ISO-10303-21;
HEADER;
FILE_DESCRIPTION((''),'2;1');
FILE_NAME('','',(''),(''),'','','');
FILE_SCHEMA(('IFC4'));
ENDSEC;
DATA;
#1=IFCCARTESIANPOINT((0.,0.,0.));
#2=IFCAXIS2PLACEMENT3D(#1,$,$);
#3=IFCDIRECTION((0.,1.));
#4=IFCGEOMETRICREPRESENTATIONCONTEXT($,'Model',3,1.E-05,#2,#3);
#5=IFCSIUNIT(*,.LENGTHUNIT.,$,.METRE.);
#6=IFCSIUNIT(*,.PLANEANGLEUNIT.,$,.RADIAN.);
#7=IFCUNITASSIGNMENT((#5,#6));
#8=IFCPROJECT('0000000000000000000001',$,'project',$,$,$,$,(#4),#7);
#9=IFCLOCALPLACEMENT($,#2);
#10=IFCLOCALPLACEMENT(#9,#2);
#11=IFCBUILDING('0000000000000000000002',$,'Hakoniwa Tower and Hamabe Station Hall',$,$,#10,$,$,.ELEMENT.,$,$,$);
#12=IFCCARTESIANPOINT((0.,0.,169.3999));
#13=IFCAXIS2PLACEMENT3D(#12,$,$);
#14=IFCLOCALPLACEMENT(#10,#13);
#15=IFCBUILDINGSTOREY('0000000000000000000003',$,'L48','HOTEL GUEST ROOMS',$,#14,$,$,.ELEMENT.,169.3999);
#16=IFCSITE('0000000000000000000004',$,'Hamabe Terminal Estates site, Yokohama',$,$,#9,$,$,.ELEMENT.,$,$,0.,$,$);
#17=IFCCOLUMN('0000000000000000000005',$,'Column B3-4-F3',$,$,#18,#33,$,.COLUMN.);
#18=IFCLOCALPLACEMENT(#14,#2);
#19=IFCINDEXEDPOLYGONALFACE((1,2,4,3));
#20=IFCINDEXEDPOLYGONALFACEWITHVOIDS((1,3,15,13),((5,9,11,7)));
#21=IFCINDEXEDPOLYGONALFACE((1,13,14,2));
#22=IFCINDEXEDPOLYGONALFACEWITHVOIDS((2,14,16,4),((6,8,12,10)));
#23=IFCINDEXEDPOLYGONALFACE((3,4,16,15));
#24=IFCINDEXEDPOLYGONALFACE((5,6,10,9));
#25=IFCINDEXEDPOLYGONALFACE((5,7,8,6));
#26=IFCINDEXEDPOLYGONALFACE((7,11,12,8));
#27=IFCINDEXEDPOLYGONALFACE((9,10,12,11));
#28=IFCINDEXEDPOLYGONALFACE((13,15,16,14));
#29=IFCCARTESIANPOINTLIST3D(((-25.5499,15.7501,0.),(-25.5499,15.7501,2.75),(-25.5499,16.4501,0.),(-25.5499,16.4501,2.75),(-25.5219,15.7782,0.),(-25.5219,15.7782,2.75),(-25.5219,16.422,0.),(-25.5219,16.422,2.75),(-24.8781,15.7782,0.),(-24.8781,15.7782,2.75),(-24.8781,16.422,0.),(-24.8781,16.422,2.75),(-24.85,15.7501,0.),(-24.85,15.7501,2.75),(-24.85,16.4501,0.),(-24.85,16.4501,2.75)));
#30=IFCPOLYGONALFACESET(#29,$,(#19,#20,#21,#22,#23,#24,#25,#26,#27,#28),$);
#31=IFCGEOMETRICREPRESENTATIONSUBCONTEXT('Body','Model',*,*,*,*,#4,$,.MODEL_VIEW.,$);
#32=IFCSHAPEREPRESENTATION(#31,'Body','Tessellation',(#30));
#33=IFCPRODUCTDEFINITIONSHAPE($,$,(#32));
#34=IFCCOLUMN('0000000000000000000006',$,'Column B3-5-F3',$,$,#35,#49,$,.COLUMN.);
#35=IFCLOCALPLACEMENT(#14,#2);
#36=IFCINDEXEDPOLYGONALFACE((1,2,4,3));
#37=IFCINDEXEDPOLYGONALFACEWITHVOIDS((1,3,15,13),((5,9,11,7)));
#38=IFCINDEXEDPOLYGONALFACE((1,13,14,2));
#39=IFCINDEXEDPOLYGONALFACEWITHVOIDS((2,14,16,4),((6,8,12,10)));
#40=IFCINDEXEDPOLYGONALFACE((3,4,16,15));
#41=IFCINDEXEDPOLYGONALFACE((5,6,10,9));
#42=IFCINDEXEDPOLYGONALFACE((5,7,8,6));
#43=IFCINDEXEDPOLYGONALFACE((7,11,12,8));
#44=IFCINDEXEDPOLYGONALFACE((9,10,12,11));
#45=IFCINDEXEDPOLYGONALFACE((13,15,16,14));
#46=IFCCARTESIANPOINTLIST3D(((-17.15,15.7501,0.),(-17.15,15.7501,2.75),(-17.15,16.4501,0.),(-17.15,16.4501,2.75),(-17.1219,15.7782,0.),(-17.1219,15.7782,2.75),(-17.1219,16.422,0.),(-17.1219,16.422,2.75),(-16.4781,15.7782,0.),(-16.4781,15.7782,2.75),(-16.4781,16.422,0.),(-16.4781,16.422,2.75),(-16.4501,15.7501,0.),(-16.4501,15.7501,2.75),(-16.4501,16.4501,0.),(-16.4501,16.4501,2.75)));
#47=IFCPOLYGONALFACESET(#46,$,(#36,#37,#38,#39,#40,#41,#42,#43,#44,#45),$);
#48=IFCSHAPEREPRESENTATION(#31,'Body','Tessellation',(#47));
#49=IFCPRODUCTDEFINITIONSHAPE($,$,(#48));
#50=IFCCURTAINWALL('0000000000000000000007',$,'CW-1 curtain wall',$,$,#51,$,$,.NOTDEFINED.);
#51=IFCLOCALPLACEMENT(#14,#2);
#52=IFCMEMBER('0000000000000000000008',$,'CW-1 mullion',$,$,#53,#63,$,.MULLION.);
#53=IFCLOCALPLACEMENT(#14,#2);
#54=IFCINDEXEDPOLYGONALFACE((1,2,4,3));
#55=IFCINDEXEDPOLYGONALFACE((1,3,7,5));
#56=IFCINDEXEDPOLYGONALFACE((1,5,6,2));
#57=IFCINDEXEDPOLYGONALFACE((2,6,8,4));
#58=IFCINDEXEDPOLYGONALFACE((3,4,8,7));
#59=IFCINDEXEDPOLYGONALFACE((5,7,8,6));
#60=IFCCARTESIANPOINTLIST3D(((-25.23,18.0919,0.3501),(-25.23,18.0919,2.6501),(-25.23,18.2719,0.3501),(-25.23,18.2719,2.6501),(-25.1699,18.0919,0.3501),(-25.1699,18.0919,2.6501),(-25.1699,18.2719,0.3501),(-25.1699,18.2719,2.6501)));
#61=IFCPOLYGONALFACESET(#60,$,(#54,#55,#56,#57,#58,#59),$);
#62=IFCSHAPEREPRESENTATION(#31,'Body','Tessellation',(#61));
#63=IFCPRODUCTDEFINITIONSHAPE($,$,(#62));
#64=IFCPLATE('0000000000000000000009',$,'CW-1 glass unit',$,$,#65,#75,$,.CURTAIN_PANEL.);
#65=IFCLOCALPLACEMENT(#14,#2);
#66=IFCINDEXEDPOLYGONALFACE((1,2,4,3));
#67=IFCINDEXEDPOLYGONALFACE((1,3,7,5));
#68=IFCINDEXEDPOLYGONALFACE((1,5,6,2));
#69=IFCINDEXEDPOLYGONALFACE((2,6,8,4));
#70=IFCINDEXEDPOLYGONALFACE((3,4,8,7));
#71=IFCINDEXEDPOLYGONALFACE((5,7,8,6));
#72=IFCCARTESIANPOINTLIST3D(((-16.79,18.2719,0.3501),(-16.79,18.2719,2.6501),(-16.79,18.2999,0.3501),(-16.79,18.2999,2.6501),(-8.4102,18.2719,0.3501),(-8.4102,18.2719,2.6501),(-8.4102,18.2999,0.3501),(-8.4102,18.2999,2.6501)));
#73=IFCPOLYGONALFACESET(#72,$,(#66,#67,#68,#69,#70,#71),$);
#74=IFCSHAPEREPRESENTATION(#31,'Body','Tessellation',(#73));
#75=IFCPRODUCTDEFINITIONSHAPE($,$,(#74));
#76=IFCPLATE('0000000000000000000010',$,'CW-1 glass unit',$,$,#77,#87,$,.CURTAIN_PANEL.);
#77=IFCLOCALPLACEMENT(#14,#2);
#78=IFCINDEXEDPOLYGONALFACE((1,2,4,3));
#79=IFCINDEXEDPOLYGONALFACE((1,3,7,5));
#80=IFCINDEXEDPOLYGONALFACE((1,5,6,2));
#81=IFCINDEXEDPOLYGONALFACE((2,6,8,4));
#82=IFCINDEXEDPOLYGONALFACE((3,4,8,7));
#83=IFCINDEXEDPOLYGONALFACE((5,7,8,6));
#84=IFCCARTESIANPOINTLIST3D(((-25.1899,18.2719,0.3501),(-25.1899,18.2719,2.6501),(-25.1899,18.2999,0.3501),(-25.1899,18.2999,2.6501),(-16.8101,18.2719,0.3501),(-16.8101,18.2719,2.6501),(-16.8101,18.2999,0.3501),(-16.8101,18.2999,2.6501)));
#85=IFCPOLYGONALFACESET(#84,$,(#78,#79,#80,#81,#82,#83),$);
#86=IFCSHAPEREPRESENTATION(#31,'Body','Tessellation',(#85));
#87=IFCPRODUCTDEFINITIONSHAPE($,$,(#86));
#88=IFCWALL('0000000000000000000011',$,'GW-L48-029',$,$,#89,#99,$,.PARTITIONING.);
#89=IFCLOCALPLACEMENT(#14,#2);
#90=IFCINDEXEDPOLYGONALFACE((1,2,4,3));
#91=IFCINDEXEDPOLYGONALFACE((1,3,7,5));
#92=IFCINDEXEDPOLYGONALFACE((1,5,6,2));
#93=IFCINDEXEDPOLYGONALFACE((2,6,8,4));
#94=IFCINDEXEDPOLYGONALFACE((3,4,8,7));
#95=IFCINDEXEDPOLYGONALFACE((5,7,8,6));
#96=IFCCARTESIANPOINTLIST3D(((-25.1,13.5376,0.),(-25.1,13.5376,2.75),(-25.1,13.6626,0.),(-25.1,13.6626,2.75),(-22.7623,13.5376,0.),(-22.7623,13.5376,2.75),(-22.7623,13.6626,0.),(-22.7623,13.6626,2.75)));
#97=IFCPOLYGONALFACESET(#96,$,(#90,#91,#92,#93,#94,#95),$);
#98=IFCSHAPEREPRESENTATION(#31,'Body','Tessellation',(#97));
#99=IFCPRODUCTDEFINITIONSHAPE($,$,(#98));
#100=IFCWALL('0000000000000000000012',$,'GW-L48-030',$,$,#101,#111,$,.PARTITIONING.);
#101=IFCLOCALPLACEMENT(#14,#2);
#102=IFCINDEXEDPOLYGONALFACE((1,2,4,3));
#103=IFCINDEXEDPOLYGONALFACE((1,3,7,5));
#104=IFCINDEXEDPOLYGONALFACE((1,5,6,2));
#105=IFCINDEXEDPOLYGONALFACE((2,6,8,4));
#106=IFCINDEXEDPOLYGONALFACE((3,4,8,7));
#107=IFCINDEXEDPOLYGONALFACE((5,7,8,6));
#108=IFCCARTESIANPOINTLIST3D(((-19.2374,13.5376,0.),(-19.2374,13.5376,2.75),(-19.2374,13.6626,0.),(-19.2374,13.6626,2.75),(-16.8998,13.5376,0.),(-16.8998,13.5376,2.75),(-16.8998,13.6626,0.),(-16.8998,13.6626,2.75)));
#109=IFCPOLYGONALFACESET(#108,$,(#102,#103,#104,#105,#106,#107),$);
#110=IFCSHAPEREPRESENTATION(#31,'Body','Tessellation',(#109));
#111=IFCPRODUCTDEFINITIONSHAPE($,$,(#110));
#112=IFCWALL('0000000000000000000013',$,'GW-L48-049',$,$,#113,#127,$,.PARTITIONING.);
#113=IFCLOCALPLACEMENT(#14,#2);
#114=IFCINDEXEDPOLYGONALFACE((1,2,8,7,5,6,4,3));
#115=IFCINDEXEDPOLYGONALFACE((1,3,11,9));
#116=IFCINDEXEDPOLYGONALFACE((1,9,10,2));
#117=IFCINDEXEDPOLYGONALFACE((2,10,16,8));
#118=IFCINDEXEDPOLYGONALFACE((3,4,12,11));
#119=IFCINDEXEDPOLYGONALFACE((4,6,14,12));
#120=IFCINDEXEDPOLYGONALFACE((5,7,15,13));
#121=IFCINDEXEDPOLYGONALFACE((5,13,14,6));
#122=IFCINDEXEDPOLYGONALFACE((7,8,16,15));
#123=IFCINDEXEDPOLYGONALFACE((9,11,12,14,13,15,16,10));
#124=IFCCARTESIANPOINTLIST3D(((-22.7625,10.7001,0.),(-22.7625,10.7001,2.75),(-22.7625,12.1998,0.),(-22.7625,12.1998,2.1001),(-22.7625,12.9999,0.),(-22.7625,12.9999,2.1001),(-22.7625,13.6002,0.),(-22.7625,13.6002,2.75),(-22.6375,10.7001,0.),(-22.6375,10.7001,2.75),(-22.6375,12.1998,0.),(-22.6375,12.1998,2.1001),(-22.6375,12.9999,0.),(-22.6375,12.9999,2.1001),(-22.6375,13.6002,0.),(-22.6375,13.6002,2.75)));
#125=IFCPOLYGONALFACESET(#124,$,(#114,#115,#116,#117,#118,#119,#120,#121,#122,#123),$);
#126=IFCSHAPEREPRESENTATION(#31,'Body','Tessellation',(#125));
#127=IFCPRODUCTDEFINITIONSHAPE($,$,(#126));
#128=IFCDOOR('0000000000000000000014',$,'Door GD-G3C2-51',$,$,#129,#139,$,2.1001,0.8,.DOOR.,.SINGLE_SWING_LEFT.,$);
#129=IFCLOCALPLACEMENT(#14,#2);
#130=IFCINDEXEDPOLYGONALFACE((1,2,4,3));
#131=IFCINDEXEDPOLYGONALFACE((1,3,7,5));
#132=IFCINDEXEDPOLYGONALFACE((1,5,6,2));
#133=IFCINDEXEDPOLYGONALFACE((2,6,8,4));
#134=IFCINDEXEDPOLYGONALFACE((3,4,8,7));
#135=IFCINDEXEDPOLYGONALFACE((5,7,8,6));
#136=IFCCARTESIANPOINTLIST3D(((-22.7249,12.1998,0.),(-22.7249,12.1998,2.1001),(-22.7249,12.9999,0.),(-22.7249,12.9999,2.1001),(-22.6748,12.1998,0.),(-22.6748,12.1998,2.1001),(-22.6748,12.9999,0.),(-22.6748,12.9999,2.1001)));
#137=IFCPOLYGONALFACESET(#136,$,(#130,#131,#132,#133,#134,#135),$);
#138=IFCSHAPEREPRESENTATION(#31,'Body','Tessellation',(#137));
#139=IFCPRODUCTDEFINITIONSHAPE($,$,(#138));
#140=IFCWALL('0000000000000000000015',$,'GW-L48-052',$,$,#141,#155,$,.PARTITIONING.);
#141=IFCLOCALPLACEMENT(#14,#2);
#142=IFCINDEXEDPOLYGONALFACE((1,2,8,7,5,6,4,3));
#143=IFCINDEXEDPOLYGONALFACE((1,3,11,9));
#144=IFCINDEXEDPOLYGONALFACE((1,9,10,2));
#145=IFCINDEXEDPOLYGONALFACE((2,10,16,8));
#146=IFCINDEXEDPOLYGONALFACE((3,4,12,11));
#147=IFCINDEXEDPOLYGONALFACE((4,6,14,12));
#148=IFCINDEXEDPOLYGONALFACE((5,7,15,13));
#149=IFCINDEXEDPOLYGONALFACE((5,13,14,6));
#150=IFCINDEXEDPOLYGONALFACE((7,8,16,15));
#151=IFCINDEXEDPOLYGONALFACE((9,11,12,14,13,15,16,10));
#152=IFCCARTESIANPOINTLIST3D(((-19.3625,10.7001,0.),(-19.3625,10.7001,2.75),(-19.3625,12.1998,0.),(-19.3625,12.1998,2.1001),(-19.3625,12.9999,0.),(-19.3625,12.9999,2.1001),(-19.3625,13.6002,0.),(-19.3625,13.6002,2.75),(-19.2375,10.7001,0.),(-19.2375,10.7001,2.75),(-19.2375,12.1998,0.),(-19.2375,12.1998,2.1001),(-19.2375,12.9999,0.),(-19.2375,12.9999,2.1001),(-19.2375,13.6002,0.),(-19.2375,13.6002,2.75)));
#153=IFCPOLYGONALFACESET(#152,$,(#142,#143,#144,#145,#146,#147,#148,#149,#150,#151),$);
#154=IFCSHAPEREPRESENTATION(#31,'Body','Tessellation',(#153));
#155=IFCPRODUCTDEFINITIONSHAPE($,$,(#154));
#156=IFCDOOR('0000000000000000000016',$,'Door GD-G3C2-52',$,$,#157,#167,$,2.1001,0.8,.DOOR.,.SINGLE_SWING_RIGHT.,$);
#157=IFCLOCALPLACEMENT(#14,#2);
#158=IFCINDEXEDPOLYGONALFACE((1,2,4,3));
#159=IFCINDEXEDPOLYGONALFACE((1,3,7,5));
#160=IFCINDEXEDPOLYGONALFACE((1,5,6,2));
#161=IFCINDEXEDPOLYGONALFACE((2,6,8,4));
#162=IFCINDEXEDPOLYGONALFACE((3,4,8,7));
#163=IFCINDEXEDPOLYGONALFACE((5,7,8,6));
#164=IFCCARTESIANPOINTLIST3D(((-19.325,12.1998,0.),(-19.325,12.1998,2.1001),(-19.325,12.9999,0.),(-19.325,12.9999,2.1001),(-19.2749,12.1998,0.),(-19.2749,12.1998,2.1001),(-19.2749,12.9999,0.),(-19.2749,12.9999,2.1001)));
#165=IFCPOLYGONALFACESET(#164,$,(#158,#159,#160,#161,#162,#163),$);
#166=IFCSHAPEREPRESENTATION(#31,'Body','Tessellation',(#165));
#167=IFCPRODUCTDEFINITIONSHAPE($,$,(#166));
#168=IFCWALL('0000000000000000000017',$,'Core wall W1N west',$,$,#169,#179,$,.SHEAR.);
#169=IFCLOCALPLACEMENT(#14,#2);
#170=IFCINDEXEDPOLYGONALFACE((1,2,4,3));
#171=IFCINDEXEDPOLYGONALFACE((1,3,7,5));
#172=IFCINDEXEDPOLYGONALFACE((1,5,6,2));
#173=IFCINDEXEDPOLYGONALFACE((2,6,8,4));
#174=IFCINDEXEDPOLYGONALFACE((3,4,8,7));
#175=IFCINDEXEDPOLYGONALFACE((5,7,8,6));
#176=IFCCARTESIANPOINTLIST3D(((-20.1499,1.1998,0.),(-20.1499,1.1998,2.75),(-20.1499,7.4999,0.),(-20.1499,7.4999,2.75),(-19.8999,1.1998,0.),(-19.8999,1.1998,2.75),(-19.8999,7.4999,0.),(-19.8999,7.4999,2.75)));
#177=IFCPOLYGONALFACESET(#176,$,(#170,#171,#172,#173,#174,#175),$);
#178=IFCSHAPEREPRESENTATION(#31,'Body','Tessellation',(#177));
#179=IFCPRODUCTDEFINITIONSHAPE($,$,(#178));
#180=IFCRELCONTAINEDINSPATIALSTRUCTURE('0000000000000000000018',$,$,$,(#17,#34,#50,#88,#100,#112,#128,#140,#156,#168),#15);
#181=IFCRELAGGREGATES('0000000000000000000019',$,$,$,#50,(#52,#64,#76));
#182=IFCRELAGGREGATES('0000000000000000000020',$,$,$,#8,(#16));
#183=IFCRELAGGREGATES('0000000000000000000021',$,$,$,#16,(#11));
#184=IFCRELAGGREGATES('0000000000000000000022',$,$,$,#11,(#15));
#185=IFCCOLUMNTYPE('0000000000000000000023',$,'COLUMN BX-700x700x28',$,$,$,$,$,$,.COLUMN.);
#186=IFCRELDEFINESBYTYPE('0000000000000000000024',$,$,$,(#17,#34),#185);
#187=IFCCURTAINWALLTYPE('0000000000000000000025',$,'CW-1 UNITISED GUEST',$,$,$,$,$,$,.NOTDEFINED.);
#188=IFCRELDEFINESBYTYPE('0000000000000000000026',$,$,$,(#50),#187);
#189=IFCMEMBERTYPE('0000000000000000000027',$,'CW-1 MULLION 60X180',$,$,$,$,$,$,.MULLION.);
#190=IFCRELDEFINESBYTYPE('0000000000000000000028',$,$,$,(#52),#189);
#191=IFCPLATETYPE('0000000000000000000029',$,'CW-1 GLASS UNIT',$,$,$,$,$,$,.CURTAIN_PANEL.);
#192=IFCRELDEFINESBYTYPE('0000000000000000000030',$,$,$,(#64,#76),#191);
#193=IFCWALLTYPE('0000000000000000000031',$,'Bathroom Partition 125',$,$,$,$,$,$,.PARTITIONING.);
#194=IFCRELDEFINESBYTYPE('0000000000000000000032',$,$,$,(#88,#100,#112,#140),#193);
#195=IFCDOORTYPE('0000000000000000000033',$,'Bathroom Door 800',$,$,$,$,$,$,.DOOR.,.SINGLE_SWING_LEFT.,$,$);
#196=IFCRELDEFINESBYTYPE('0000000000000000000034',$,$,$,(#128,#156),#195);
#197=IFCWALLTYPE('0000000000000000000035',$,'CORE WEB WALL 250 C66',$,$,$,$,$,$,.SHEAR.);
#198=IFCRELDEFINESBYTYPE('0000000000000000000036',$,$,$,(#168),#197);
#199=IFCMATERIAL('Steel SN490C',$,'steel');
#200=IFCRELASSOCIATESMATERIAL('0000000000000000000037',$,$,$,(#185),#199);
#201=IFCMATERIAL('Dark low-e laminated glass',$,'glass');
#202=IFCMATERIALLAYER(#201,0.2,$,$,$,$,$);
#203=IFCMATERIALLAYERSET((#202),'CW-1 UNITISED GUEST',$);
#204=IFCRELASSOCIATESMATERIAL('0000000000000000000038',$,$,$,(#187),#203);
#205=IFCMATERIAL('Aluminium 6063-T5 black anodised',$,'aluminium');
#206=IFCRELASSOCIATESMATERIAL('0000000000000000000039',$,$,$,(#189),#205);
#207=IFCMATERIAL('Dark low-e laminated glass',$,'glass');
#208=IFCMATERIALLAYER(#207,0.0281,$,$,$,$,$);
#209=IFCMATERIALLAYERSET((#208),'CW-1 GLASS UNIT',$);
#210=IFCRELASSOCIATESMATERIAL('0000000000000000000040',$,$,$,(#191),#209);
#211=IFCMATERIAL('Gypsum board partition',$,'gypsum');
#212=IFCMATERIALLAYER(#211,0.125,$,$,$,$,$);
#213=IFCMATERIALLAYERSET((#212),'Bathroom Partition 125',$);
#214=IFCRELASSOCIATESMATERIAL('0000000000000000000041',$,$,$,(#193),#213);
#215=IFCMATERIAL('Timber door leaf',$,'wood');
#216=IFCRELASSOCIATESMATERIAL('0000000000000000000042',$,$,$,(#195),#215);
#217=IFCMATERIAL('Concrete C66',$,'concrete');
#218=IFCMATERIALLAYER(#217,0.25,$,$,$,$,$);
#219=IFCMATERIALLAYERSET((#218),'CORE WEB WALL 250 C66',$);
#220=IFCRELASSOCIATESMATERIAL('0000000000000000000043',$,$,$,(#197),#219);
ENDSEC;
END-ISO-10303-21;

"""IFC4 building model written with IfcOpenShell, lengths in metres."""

from ifc_helpers import new_model, si_unit, direction, frame, frame_2d, origin, origin_2d, place, context, subcontext, project, spatial, rectangle, hollow_rectangle, extrude, material, layer, layer_set, material_profile, profile_set, type_object, element, fill, aggregate, save


model = new_model("IFC4")

# Units and contexts
model_context = context("Model", 3, precision=1e-05, world=origin(), true_north=direction((0.0, 1.0)))
body_context = subcontext(model_context, "Body", "Model", "MODEL_VIEW")
ifc_project = project(units=[si_unit("LENGTHUNIT", "METRE"), si_unit("PLANEANGLEUNIT", "RADIAN")], contexts=[model_context])

# Site, building, storey
site_placement = place(None, origin())
site = spatial("IfcSite", under=ifc_project, at=site_placement, Name="Hamabe Terminal Estates site, Yokohama", CompositionType="ELEMENT", RefElevation=0.0)
building_placement = place(site_placement, origin())
building = spatial("IfcBuilding", under=site, at=building_placement, Name="Hakoniwa Tower and Hamabe Station Hall", CompositionType="ELEMENT")
storey_placement = place(building_placement, frame((0.0, 0.0, 169.3999)))
storey = spatial("IfcBuildingStorey", under=building, at=storey_placement, Name="L48", Description="HOTEL GUEST ROOMS", CompositionType="ELEMENT", Elevation=169.3999)

# Columns
ifc_material_1 = material(Name="Steel SN490C", Category="steel")
ifc_material_profile_1 = material_profile(ifc_material_1, hollow_rectangle(XDim=0.7, YDim=0.7, WallThickness=0.0281, at=origin_2d()), Name="BX-700x700x28")
ifc_profile_set_1 = profile_set([ifc_material_profile_1], Name="Steel SN490C")
column_type = type_object("IfcColumnType", Name="COLUMN BX-700x700x28", PredefinedType="COLUMN", material=ifc_profile_set_1)
for number, where, z_axis, x_axis, name in (
    (1, (-25.2, 16.1001, 0.0), (0.0, 0.0, 1.0), (1.0, 0.0, 0.0), "Column B3-4-F3"),
    (2, (-16.8, 16.1001, 0.0), (0.0, 0.0, 1.0), (1.0, 0.0, 0.0), "Column B3-5-F3"),
):
    element("IfcColumn", number, at=place(storey_placement, frame(where, z_axis=z_axis, x_axis=x_axis)), inside=storey, type_object=column_type, Name=name, PredefinedType="COLUMN", context=body_context, shape_type="SweptSolid", body=[
        extrude(hollow_rectangle(XDim=0.7, YDim=0.7, WallThickness=0.0281, at=origin_2d()), origin(), (0.0, 0.0, 1.0), 2.75),
    ])

# Curtain wall, member, plates
ifc_material_2 = material(Name="Dark low-e laminated glass", Category="glass")
ifc_layer_1 = layer(ifc_material_2, 0.2)
ifc_layer_set_1 = layer_set([ifc_layer_1], Name="CW-1 UNITISED GUEST")
curtain_wall_type = type_object("IfcCurtainWallType", Name="CW-1 UNITISED GUEST", PredefinedType="NOTDEFINED", material=ifc_layer_set_1)
curtain_wall_placement = place(storey_placement, origin())
curtain_wall = element("IfcCurtainWall", 3, at=curtain_wall_placement, inside=storey, type_object=curtain_wall_type, Name="CW-1 curtain wall", PredefinedType="NOTDEFINED")
ifc_material_3 = material(Name="Aluminium 6063-T5 black anodised", Category="aluminium")
ifc_material_profile_2 = material_profile(ifc_material_3, rectangle(XDim=0.0601, YDim=0.1799, at=origin_2d()), Name="CW-1 MULLION 60X180")
ifc_profile_set_2 = profile_set([ifc_material_profile_2], Name="Aluminium 6063-T5 black anodised")
member_type = type_object("IfcMemberType", Name="CW-1 MULLION 60X180", PredefinedType="MULLION", material=ifc_profile_set_2)
member_placement = place(storey_placement, frame((-25.2, 18.1819, 0.3501), z_axis=(0.0, 0.0, 1.0), x_axis=(-1.0, 0.0, 0.0)))
member = element("IfcMember", 4, at=member_placement, type_object=member_type, Name="CW-1 mullion", PredefinedType="MULLION", context=body_context, shape_type="SweptSolid", body=[
    extrude(rectangle(XDim=0.0601, YDim=0.1799, at=origin_2d()), origin(), (0.0, 0.0, 1.0), 2.3),
])
ifc_material_4 = material(Name="Dark low-e laminated glass", Category="glass")
ifc_layer_2 = layer(ifc_material_4, 0.0281)
ifc_layer_set_2 = layer_set([ifc_layer_2], Name="CW-1 GLASS UNIT")
plate_type = type_object("IfcPlateType", Name="CW-1 GLASS UNIT", PredefinedType="CURTAIN_PANEL", material=ifc_layer_set_2)
plate_1_placement = place(storey_placement, frame((-12.6001, 18.2859, 0.3501), z_axis=(0.0, 0.0, 1.0), x_axis=(-1.0, 0.0, 0.0)))
plate_1 = element("IfcPlate", 5, at=plate_1_placement, type_object=plate_type, Name="CW-1 glass unit", PredefinedType="CURTAIN_PANEL", context=body_context, shape_type="SweptSolid", body=[
    extrude(rectangle(XDim=8.3799, YDim=0.0281, at=origin_2d()), origin(), (0.0, 0.0, 1.0), 2.3),
])
plate_2_placement = place(storey_placement, frame((-21.0, 18.2859, 0.3501), z_axis=(0.0, 0.0, 1.0), x_axis=(-1.0, 0.0, 0.0)))
plate_2 = element("IfcPlate", 6, at=plate_2_placement, type_object=plate_type, Name="CW-1 glass unit", PredefinedType="CURTAIN_PANEL", context=body_context, shape_type="SweptSolid", body=[
    extrude(rectangle(XDim=8.3799, YDim=0.0281, at=origin_2d()), origin(), (0.0, 0.0, 1.0), 2.3),
])
aggregate(curtain_wall, [member, plate_1, plate_2])

# Walls
ifc_material_5 = material(Name="Gypsum board partition", Category="gypsum")
ifc_layer_3 = layer(ifc_material_5, 0.125)
ifc_layer_set_3 = layer_set([ifc_layer_3], Name="Bathroom Partition 125")
wall_type_1 = type_object("IfcWallType", Name="Bathroom Partition 125", PredefinedType="PARTITIONING", material=ifc_layer_set_3)
for number, where, z_axis, x_axis, name in (
    (7, (-25.1001, 13.6001, 0.0), (0.0, 0.0, 1.0), (1.0, 0.0, 0.0), "GW-L48-029"),
    (8, (-19.2375, 13.6001, 0.0), (0.0, 0.0, 1.0), (1.0, 0.0, 0.0), "GW-L48-030"),
):
    element("IfcWall", number, at=place(storey_placement, frame(where, z_axis=z_axis, x_axis=x_axis)), inside=storey, type_object=wall_type_1, Name=name, PredefinedType="PARTITIONING", context=body_context, shape_type="SweptSolid", body=[
        extrude(rectangle(XDim=2.3376, YDim=0.125, at=frame_2d((1.1689, 0.0))), origin(), (0.0, 0.0, 1.0), 2.75),
    ])

# Walls, openings, doors
wall_1_placement = place(storey_placement, frame((-22.7, 10.7, 0.0), z_axis=(0.0, 0.0, 1.0), x_axis=(0.0, 1.0, 0.0)))
wall_1 = element("IfcWall", 9, at=wall_1_placement, inside=storey, type_object=wall_type_1, Name="GW-L48-049", PredefinedType="PARTITIONING", context=body_context, shape_type="SweptSolid", body=[
    extrude(rectangle(XDim=2.9001, YDim=0.125, at=frame_2d((1.4502, 0.0))), origin(), (0.0, 0.0, 1.0), 2.75),
])
opening_1_placement = place(wall_1_placement, frame((1.5, 0.0, 0.0)))
opening_1 = element("IfcOpeningElement", 10, at=opening_1_placement, cuts=wall_1, PredefinedType="OPENING", context=body_context, shape_type="SweptSolid", body=[
    extrude(rectangle(XDim=0.8, YDim=2.1001, at=frame_2d((0.3999, 1.05))), frame((0.0, 0.0725, 0.0), z_axis=(0.0, -1.0, 0.0), x_axis=(1.0, 0.0, 0.0)), (0.0, 0.0, 1.0), 0.145),
])
ifc_material_6 = material(Name="Timber door leaf", Category="wood")
door_type_1 = type_object("IfcDoorType", Name="Bathroom Door 800", OperationType="SINGLE_SWING_LEFT", PredefinedType="DOOR", material=ifc_material_6)
door_1_placement = place(opening_1_placement, origin())
door_1 = element("IfcDoor", 11, at=door_1_placement, inside=storey, type_object=door_type_1, Name="Door GD-G3C2-51", OperationType="SINGLE_SWING_LEFT", OverallHeight=2.1001, OverallWidth=0.8, PredefinedType="DOOR", context=body_context, shape_type="SweptSolid", body=[
    extrude(rectangle(XDim=0.8, YDim=2.1001, at=frame_2d((0.3999, 1.05))), frame((0.0, 0.0249, 0.0), z_axis=(0.0, -1.0, 0.0), x_axis=(1.0, 0.0, 0.0)), (0.0, 0.0, 1.0), 0.05),
])
fill(opening_1, door_1)
wall_2_placement = place(storey_placement, frame((-19.3, 10.7, 0.0), z_axis=(0.0, 0.0, 1.0), x_axis=(0.0, 1.0, 0.0)))
wall_2 = element("IfcWall", 12, at=wall_2_placement, inside=storey, type_object=wall_type_1, Name="GW-L48-052", PredefinedType="PARTITIONING", context=body_context, shape_type="SweptSolid", body=[
    extrude(rectangle(XDim=2.9001, YDim=0.125, at=frame_2d((1.4502, 0.0))), origin(), (0.0, 0.0, 1.0), 2.75),
])
opening_2_placement = place(wall_2_placement, frame((1.5, 0.0, 0.0)))
opening_2 = element("IfcOpeningElement", 13, at=opening_2_placement, cuts=wall_2, PredefinedType="OPENING", context=body_context, shape_type="SweptSolid", body=[
    extrude(rectangle(XDim=0.8, YDim=2.1001, at=frame_2d((0.3999, 1.05))), frame((0.0, 0.0725, 0.0), z_axis=(0.0, -1.0, 0.0), x_axis=(1.0, 0.0, 0.0)), (0.0, 0.0, 1.0), 0.145),
])
door_2_placement = place(opening_2_placement, origin())
door_2 = element("IfcDoor", 14, at=door_2_placement, inside=storey, type_object=door_type_1, Name="Door GD-G3C2-52", OperationType="SINGLE_SWING_RIGHT", OverallHeight=2.1001, OverallWidth=0.8, PredefinedType="DOOR", context=body_context, shape_type="SweptSolid", body=[
    extrude(rectangle(XDim=0.8, YDim=2.1001, at=frame_2d((0.3999, 1.05))), frame((0.0, 0.0249, 0.0), z_axis=(0.0, -1.0, 0.0), x_axis=(1.0, 0.0, 0.0)), (0.0, 0.0, 1.0), 0.05),
])
fill(opening_2, door_2)

# Wall
ifc_material_7 = material(Name="Concrete C66", Category="concrete")
ifc_layer_4 = layer(ifc_material_7, 0.25)
ifc_layer_set_4 = layer_set([ifc_layer_4], Name="CORE WEB WALL 250 C66")
wall_type_2 = type_object("IfcWallType", Name="CORE WEB WALL 250 C66", PredefinedType="SHEAR", material=ifc_layer_set_4)
wall_3_placement = place(storey_placement, frame((-20.0249, 1.2, 0.0), z_axis=(0.0, 0.0, 1.0), x_axis=(0.0, 1.0, 0.0)))
element("IfcWall", 15, at=wall_3_placement, inside=storey, type_object=wall_type_2, Name="Core wall W1N west", PredefinedType="SHEAR", context=body_context, shape_type="SweptSolid", body=[
    extrude(rectangle(XDim=6.3, YDim=0.25, at=frame_2d((3.1499, 0.0))), origin(), (0.0, 0.0, 1.0), 2.75),
])

save(model, "model.ifc")
